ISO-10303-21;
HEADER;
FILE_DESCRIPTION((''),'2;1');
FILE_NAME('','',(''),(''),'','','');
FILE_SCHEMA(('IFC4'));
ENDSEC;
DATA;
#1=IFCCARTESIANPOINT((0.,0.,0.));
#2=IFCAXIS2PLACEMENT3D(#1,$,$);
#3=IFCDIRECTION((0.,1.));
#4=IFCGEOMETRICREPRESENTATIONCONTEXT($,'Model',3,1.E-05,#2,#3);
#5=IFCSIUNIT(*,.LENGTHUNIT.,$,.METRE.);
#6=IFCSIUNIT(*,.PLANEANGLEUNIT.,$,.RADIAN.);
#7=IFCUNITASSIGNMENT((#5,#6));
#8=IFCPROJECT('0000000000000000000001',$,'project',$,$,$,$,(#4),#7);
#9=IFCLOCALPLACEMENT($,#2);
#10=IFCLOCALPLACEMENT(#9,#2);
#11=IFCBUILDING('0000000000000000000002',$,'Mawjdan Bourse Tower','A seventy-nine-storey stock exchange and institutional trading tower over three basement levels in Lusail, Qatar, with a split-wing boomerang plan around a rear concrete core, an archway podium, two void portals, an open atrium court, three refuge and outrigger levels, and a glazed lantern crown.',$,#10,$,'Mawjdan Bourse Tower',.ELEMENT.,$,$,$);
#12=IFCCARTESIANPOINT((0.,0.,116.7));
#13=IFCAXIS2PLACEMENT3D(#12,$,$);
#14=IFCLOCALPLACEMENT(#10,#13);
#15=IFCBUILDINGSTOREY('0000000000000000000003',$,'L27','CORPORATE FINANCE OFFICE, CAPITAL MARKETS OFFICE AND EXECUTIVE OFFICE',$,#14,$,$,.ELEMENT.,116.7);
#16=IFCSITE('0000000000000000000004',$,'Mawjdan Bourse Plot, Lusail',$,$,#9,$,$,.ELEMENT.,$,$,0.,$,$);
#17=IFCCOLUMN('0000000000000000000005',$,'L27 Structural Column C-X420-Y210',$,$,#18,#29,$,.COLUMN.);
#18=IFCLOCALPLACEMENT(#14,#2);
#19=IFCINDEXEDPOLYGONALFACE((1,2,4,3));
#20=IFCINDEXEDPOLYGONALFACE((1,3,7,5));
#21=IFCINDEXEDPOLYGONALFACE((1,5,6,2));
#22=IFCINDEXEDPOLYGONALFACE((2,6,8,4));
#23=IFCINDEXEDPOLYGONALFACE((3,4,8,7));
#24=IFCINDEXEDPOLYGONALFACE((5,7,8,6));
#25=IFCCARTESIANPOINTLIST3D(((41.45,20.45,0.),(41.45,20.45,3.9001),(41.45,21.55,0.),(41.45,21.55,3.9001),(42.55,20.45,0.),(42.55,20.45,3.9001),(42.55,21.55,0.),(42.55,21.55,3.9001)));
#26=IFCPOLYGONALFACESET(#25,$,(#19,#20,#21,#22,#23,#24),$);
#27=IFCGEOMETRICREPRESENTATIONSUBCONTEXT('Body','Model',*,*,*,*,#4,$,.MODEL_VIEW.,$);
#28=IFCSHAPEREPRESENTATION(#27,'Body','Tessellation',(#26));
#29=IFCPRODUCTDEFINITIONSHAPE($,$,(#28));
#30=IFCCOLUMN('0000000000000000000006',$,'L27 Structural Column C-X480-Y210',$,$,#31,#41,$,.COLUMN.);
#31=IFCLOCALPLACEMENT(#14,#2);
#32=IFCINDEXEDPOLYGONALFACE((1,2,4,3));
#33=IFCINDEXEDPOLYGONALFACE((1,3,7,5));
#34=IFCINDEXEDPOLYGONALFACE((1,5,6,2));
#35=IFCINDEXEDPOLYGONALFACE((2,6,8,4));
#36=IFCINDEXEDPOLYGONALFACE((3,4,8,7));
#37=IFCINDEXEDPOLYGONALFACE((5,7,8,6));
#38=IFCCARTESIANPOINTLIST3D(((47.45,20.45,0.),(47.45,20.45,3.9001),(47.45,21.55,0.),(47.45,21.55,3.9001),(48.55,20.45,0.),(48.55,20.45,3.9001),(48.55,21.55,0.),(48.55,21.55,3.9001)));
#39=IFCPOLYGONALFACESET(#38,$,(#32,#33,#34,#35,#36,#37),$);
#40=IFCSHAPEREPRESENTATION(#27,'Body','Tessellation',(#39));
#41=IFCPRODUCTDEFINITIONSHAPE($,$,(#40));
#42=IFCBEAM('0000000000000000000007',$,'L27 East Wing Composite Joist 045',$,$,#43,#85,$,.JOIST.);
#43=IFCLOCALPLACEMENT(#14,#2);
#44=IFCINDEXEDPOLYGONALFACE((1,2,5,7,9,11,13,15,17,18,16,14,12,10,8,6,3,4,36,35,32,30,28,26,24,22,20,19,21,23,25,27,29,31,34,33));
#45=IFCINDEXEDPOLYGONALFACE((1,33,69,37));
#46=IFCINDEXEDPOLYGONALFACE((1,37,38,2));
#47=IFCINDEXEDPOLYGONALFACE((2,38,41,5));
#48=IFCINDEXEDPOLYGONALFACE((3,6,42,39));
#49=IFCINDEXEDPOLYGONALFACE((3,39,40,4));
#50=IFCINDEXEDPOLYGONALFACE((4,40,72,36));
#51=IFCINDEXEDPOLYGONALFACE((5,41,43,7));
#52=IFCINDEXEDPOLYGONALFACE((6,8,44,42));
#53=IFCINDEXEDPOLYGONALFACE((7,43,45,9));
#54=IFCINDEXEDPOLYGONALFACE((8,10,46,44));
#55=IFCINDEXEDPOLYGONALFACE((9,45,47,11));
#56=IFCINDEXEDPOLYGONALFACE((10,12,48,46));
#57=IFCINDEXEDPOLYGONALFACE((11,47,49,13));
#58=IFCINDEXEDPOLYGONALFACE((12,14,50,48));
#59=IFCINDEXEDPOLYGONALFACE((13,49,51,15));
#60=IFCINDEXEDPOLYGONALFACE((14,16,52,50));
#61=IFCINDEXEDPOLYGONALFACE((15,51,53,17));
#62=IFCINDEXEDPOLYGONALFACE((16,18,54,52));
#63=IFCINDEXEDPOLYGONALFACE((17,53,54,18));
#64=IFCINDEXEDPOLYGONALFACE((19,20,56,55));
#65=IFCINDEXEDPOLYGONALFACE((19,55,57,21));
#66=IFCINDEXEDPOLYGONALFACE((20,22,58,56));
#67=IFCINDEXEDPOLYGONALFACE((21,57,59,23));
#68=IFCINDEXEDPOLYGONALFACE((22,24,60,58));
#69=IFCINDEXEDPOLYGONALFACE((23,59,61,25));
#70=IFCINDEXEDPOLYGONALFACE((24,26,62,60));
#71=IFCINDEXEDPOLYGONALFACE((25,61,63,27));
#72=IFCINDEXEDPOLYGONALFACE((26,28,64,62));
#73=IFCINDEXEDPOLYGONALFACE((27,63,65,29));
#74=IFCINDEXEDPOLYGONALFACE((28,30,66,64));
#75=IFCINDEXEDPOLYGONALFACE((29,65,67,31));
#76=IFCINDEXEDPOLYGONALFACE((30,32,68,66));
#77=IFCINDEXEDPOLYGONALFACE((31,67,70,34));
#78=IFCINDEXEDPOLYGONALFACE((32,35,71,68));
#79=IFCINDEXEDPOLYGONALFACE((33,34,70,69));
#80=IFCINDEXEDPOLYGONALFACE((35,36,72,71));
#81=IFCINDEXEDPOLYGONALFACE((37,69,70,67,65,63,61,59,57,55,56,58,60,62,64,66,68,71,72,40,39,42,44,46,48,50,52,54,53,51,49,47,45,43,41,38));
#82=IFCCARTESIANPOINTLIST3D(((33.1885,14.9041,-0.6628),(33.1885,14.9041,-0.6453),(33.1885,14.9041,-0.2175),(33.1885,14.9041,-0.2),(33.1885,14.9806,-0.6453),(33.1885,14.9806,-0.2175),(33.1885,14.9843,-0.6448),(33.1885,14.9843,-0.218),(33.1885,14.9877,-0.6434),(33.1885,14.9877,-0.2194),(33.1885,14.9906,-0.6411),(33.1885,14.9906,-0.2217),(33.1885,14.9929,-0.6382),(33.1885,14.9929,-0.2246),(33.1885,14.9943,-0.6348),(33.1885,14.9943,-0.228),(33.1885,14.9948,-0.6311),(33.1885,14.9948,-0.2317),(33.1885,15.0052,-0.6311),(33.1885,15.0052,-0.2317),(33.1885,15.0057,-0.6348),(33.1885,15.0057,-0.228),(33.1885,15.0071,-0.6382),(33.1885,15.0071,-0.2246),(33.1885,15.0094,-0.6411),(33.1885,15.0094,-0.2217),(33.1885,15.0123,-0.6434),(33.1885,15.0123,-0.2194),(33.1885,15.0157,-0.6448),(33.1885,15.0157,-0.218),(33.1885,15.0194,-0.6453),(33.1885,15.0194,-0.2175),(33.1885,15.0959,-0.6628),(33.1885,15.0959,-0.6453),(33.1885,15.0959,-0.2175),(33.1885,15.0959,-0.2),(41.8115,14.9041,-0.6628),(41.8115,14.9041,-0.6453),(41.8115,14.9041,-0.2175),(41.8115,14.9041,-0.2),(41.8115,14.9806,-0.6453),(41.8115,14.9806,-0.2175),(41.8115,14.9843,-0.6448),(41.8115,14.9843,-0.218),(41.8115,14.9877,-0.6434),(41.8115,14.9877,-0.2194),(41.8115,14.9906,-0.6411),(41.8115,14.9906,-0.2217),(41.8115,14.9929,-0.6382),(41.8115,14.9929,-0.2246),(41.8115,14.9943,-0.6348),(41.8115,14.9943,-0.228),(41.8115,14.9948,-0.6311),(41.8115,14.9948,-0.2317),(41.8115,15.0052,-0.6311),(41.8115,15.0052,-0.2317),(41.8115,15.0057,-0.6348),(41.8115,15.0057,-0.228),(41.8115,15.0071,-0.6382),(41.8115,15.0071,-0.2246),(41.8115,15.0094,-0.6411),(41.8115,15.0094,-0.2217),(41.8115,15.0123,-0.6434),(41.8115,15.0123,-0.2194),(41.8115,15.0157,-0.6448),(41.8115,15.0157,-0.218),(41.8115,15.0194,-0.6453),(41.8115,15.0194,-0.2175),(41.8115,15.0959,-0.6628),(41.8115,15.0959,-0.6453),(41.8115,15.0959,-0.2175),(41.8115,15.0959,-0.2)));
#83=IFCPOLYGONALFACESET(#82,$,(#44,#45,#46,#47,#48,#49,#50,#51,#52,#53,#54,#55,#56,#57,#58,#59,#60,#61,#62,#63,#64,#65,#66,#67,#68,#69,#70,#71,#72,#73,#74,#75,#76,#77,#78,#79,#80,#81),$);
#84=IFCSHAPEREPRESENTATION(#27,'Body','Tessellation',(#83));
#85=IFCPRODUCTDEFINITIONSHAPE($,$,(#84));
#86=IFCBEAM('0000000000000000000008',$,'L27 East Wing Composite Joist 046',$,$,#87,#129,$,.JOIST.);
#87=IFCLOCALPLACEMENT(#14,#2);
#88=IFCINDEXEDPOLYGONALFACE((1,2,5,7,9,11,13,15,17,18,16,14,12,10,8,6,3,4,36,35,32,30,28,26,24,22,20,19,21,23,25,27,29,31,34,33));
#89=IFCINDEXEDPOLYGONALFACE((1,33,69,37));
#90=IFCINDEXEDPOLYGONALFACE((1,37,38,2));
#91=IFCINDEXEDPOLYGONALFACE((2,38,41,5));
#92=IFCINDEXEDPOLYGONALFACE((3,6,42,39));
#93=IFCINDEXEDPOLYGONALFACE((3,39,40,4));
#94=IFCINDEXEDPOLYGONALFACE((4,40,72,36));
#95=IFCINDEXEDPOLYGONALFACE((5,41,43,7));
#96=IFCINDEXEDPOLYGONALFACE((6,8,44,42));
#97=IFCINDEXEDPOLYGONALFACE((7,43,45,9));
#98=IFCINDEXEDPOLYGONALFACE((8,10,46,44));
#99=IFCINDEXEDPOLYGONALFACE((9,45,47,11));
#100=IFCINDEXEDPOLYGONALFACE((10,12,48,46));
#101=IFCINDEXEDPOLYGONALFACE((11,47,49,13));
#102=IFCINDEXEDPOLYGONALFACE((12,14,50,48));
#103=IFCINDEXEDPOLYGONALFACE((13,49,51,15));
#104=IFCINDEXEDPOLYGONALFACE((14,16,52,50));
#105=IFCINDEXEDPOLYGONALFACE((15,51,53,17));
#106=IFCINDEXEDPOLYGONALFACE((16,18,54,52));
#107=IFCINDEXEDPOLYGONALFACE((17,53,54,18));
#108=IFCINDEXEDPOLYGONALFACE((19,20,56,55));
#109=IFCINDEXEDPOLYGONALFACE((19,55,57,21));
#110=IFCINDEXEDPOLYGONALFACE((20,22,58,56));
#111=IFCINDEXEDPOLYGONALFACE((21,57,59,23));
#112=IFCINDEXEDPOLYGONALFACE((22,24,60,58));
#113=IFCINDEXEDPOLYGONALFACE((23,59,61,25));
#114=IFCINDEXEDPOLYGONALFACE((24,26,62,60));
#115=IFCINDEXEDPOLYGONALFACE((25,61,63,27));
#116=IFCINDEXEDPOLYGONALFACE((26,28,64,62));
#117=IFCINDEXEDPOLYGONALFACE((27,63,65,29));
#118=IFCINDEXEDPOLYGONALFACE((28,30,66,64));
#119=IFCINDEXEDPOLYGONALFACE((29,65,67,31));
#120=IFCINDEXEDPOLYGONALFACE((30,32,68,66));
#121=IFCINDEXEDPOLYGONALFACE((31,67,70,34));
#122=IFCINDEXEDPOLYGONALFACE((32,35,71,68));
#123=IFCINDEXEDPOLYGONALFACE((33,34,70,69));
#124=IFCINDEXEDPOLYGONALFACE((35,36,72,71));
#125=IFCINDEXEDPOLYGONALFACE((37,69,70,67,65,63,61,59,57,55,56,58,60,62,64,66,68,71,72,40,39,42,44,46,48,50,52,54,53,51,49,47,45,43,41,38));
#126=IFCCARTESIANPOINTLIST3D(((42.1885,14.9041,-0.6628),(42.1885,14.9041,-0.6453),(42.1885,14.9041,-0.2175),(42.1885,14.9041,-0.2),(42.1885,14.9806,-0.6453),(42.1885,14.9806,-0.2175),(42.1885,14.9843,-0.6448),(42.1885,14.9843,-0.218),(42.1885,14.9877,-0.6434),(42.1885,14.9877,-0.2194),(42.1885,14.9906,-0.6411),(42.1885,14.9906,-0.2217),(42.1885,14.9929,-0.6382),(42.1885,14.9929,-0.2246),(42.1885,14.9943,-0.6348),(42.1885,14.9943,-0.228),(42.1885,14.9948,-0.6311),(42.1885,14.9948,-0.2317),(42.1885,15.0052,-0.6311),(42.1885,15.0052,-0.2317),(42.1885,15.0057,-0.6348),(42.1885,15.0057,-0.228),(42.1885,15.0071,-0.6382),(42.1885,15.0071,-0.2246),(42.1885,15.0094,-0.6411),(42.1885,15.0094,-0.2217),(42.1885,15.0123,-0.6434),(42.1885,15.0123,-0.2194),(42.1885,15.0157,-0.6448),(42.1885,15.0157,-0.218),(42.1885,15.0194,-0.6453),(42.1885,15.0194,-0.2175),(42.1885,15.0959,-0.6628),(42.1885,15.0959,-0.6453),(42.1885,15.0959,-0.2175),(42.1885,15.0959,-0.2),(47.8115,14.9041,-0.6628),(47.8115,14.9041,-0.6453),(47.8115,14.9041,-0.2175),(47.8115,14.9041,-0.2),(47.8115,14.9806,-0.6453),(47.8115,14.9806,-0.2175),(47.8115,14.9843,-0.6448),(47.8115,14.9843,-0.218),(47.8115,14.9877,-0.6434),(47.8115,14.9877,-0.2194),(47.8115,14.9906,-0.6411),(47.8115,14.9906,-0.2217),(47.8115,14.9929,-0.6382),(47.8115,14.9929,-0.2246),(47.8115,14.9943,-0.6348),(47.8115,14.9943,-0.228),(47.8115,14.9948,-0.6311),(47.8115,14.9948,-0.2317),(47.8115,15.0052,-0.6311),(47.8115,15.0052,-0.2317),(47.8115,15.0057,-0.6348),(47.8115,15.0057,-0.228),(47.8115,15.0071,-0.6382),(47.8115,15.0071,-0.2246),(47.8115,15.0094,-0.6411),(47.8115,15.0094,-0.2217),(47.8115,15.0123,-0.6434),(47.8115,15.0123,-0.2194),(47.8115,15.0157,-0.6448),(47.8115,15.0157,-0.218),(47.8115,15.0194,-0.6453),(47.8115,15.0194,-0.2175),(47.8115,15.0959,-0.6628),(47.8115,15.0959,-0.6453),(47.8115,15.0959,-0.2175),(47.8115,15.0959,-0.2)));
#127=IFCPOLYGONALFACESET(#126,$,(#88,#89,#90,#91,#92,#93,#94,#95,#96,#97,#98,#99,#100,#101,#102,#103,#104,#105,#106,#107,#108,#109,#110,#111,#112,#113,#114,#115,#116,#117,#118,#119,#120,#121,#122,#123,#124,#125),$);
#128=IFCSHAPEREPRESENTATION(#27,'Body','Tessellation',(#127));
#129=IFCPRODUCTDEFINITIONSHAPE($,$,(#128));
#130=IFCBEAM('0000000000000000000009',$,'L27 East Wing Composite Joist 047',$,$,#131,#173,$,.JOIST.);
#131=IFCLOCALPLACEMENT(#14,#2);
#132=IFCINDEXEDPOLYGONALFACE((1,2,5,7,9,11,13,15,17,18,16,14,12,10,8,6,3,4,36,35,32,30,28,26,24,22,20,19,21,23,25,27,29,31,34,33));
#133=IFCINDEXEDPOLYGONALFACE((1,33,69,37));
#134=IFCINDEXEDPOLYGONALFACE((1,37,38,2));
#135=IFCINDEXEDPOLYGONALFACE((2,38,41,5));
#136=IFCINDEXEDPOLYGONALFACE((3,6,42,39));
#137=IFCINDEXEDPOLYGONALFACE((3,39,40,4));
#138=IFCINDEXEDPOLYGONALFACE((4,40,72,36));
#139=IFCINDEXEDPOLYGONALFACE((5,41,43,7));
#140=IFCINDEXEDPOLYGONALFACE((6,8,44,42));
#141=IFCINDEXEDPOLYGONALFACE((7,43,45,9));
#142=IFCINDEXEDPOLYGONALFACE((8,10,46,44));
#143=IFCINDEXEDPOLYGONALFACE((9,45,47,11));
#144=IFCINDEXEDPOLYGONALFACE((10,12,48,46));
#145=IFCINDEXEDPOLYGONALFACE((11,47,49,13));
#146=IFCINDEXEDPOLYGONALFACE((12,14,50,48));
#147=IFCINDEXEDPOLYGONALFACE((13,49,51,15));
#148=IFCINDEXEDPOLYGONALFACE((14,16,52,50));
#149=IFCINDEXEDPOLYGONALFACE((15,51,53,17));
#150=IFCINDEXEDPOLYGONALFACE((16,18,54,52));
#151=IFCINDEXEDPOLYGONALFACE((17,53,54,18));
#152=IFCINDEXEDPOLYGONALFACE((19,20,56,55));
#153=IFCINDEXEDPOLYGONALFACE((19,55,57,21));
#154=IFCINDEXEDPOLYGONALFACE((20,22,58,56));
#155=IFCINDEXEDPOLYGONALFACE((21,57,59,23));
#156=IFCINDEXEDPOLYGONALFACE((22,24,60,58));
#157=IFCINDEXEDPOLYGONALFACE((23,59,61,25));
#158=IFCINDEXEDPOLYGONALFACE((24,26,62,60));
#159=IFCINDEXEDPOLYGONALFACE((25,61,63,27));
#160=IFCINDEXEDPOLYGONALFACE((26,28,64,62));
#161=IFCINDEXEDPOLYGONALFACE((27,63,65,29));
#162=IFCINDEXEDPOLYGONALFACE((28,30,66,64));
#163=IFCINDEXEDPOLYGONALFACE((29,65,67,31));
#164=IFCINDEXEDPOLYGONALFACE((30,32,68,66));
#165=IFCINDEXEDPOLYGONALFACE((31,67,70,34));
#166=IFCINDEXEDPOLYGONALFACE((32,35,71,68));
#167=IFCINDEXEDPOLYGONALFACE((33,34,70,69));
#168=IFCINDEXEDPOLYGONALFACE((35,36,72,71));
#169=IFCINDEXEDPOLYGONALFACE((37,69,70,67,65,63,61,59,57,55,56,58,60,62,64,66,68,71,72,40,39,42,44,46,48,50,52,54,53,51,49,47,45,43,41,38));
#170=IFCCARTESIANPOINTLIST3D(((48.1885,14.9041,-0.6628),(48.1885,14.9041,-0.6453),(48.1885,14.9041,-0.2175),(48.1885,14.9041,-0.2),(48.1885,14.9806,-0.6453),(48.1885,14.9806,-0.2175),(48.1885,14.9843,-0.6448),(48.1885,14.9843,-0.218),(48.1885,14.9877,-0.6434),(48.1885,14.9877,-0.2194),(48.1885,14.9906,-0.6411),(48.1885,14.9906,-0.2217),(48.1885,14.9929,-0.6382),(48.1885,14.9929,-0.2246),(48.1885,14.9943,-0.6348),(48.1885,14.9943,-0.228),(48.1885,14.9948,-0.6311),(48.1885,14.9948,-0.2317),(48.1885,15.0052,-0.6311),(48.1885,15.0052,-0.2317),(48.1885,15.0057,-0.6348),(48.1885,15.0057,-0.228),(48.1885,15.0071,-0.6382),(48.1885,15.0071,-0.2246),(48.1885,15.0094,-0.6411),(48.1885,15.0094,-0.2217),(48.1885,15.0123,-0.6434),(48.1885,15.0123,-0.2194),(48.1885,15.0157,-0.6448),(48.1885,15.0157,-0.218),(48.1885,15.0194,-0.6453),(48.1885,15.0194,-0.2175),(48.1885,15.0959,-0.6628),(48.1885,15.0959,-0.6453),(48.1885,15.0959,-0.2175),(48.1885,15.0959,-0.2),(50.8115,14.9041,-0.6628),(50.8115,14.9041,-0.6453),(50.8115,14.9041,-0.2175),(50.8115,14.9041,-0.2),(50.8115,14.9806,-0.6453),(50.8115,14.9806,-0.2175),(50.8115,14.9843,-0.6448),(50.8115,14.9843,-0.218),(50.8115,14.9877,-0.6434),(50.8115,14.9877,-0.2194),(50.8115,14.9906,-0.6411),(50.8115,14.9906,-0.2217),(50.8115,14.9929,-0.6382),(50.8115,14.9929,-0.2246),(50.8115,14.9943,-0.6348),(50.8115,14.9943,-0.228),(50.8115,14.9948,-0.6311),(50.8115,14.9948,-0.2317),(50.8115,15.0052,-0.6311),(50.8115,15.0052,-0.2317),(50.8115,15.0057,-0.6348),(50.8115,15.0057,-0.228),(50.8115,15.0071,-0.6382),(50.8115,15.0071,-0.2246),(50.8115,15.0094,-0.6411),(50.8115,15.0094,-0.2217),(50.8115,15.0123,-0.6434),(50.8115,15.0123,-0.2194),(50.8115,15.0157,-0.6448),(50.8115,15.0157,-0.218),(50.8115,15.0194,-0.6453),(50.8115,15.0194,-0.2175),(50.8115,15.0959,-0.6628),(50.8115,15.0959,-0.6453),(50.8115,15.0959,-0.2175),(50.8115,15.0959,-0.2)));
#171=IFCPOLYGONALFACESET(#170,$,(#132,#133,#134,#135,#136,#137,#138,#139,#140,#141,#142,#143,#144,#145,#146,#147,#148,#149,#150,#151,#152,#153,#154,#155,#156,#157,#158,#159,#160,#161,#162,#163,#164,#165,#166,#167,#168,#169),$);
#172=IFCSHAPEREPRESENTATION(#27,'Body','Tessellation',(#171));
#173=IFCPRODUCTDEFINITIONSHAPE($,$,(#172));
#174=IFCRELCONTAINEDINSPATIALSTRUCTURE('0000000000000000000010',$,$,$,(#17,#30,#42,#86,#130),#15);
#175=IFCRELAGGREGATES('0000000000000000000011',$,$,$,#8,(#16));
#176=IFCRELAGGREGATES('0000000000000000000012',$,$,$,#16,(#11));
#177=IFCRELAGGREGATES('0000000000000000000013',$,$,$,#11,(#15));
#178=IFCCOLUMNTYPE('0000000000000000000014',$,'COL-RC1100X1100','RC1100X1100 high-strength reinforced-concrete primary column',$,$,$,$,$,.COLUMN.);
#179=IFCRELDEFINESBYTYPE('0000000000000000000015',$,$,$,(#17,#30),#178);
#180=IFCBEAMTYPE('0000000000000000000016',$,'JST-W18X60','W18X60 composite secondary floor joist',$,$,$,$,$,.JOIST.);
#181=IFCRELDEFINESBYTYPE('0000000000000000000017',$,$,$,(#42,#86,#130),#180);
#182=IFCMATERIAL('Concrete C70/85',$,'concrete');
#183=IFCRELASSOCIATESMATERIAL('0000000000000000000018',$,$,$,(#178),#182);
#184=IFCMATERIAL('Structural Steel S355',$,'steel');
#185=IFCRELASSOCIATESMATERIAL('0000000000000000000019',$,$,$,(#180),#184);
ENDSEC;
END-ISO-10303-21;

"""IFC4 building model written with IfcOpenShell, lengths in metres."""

from ifc_helpers import new_model, si_unit, direction, frame, origin, origin_2d, place, context, subcontext, project, spatial, rectangle, i_section, extrude, material, material_profile, profile_set, type_object, element, save


model = new_model("IFC4")

# Units and contexts
model_context = context("Model", 3, precision=1e-05, world=origin(), true_north=direction((0.0, 1.0)))
body_context = subcontext(model_context, "Body", "Model", "MODEL_VIEW")
ifc_project = project(units=[si_unit("LENGTHUNIT", "METRE"), si_unit("PLANEANGLEUNIT", "RADIAN")], contexts=[model_context])

# Site, building, storey
site_placement = place(None, origin())
site = spatial("IfcSite", under=ifc_project, at=site_placement, Name="Mawjdan Bourse Plot, Lusail", CompositionType="ELEMENT", RefElevation=0.0)
building_placement = place(site_placement, origin())
building = spatial("IfcBuilding", under=site, at=building_placement, Name="Mawjdan Bourse Tower", Description="A seventy-nine-storey stock exchange and institutional trading tower over three basement levels in Lusail, Qatar, with a split-wing boomerang plan around a rear concrete core, an archway podium, two void portals, an open atrium court, three refuge and outrigger levels, and a glazed lantern crown.", LongName="Mawjdan Bourse Tower", CompositionType="ELEMENT")
storey_placement = place(building_placement, frame((0.0, 0.0, 116.7)))
storey = spatial("IfcBuildingStorey", under=building, at=storey_placement, Name="L27", Description="CORPORATE FINANCE OFFICE, CAPITAL MARKETS OFFICE AND EXECUTIVE OFFICE", CompositionType="ELEMENT", Elevation=116.7)

# Columns
ifc_material_1 = material(Name="Concrete C70/85", Category="concrete")
ifc_material_profile_1 = material_profile(ifc_material_1, rectangle(XDim=1.1001, YDim=1.1001, at=origin_2d()), Name="RC1100X1100")
ifc_profile_set_1 = profile_set([ifc_material_profile_1], Name="Concrete C70/85")
column_type = type_object("IfcColumnType", Name="COL-RC1100X1100", Description="RC1100X1100 high-strength reinforced-concrete primary column", PredefinedType="COLUMN", material=ifc_profile_set_1)
for number, where, z_axis, x_axis, name in (
    (1, (42.0, 21.0, 0.0), (0.0, 0.0, 1.0), (1.0, 0.0, 0.0), "L27 Structural Column C-X420-Y210"),
    (2, (48.0, 21.0, 0.0), (0.0, 0.0, 1.0), (1.0, 0.0, 0.0), "L27 Structural Column C-X480-Y210"),
):
    element("IfcColumn", number, at=place(storey_placement, frame(where, z_axis=z_axis, x_axis=x_axis)), inside=storey, type_object=column_type, Name=name, PredefinedType="COLUMN", context=body_context, shape_type="SweptSolid", body=[
        extrude(rectangle(XDim=1.1001, YDim=1.1001, at=origin_2d()), origin(), (0.0, 0.0, 1.0), 3.9001),
    ])

# Beams
ifc_material_2 = material(Name="Structural Steel S355", Category="steel")
ifc_material_profile_2 = material_profile(ifc_material_2, i_section(OverallWidth=0.1919, OverallDepth=0.4629, WebThickness=0.0105, FlangeThickness=0.0176, FilletRadius=0.0142, at=origin_2d()), Name="W18X60")
ifc_profile_set_2 = profile_set([ifc_material_profile_2], Name="Structural Steel S355")
beam_type_1 = type_object("IfcBeamType", Name="JST-W18X60", Description="W18X60 composite secondary floor joist", PredefinedType="JOIST", material=ifc_profile_set_2)
beam_1_placement = place(storey_placement, frame((33.1885, 15.0, -0.4314), z_axis=(1.0, 0.0, 0.0), x_axis=(0.0, 1.0, 0.0)))
element("IfcBeam", 3, at=beam_1_placement, inside=storey, type_object=beam_type_1, Name="L27 East Wing Composite Joist 045", PredefinedType="JOIST", context=body_context, shape_type="SweptSolid", body=[
    extrude(i_section(OverallWidth=0.1919, OverallDepth=0.4629, WebThickness=0.0105, FlangeThickness=0.0176, FilletRadius=0.0142, at=origin_2d()), origin(), (0.0, 0.0, 1.0), 8.623),
])
beam_2_placement = place(storey_placement, frame((42.1885, 15.0, -0.4314), z_axis=(1.0, 0.0, 0.0), x_axis=(0.0, 1.0, 0.0)))
element("IfcBeam", 4, at=beam_2_placement, inside=storey, type_object=beam_type_1, Name="L27 East Wing Composite Joist 046", PredefinedType="JOIST", context=body_context, shape_type="SweptSolid", body=[
    extrude(i_section(OverallWidth=0.1919, OverallDepth=0.4629, WebThickness=0.0105, FlangeThickness=0.0176, FilletRadius=0.0142, at=origin_2d()), origin(), (0.0, 0.0, 1.0), 5.623),
])
beam_3_placement = place(storey_placement, frame((48.1885, 15.0, -0.4314), z_axis=(1.0, 0.0, 0.0), x_axis=(0.0, 1.0, 0.0)))
element("IfcBeam", 5, at=beam_3_placement, inside=storey, type_object=beam_type_1, Name="L27 East Wing Composite Joist 047", PredefinedType="JOIST", context=body_context, shape_type="SweptSolid", body=[
    extrude(i_section(OverallWidth=0.1919, OverallDepth=0.4629, WebThickness=0.0105, FlangeThickness=0.0176, FilletRadius=0.0142, at=origin_2d()), origin(), (0.0, 0.0, 1.0), 2.623),
])

save(model, "model.ifc")
